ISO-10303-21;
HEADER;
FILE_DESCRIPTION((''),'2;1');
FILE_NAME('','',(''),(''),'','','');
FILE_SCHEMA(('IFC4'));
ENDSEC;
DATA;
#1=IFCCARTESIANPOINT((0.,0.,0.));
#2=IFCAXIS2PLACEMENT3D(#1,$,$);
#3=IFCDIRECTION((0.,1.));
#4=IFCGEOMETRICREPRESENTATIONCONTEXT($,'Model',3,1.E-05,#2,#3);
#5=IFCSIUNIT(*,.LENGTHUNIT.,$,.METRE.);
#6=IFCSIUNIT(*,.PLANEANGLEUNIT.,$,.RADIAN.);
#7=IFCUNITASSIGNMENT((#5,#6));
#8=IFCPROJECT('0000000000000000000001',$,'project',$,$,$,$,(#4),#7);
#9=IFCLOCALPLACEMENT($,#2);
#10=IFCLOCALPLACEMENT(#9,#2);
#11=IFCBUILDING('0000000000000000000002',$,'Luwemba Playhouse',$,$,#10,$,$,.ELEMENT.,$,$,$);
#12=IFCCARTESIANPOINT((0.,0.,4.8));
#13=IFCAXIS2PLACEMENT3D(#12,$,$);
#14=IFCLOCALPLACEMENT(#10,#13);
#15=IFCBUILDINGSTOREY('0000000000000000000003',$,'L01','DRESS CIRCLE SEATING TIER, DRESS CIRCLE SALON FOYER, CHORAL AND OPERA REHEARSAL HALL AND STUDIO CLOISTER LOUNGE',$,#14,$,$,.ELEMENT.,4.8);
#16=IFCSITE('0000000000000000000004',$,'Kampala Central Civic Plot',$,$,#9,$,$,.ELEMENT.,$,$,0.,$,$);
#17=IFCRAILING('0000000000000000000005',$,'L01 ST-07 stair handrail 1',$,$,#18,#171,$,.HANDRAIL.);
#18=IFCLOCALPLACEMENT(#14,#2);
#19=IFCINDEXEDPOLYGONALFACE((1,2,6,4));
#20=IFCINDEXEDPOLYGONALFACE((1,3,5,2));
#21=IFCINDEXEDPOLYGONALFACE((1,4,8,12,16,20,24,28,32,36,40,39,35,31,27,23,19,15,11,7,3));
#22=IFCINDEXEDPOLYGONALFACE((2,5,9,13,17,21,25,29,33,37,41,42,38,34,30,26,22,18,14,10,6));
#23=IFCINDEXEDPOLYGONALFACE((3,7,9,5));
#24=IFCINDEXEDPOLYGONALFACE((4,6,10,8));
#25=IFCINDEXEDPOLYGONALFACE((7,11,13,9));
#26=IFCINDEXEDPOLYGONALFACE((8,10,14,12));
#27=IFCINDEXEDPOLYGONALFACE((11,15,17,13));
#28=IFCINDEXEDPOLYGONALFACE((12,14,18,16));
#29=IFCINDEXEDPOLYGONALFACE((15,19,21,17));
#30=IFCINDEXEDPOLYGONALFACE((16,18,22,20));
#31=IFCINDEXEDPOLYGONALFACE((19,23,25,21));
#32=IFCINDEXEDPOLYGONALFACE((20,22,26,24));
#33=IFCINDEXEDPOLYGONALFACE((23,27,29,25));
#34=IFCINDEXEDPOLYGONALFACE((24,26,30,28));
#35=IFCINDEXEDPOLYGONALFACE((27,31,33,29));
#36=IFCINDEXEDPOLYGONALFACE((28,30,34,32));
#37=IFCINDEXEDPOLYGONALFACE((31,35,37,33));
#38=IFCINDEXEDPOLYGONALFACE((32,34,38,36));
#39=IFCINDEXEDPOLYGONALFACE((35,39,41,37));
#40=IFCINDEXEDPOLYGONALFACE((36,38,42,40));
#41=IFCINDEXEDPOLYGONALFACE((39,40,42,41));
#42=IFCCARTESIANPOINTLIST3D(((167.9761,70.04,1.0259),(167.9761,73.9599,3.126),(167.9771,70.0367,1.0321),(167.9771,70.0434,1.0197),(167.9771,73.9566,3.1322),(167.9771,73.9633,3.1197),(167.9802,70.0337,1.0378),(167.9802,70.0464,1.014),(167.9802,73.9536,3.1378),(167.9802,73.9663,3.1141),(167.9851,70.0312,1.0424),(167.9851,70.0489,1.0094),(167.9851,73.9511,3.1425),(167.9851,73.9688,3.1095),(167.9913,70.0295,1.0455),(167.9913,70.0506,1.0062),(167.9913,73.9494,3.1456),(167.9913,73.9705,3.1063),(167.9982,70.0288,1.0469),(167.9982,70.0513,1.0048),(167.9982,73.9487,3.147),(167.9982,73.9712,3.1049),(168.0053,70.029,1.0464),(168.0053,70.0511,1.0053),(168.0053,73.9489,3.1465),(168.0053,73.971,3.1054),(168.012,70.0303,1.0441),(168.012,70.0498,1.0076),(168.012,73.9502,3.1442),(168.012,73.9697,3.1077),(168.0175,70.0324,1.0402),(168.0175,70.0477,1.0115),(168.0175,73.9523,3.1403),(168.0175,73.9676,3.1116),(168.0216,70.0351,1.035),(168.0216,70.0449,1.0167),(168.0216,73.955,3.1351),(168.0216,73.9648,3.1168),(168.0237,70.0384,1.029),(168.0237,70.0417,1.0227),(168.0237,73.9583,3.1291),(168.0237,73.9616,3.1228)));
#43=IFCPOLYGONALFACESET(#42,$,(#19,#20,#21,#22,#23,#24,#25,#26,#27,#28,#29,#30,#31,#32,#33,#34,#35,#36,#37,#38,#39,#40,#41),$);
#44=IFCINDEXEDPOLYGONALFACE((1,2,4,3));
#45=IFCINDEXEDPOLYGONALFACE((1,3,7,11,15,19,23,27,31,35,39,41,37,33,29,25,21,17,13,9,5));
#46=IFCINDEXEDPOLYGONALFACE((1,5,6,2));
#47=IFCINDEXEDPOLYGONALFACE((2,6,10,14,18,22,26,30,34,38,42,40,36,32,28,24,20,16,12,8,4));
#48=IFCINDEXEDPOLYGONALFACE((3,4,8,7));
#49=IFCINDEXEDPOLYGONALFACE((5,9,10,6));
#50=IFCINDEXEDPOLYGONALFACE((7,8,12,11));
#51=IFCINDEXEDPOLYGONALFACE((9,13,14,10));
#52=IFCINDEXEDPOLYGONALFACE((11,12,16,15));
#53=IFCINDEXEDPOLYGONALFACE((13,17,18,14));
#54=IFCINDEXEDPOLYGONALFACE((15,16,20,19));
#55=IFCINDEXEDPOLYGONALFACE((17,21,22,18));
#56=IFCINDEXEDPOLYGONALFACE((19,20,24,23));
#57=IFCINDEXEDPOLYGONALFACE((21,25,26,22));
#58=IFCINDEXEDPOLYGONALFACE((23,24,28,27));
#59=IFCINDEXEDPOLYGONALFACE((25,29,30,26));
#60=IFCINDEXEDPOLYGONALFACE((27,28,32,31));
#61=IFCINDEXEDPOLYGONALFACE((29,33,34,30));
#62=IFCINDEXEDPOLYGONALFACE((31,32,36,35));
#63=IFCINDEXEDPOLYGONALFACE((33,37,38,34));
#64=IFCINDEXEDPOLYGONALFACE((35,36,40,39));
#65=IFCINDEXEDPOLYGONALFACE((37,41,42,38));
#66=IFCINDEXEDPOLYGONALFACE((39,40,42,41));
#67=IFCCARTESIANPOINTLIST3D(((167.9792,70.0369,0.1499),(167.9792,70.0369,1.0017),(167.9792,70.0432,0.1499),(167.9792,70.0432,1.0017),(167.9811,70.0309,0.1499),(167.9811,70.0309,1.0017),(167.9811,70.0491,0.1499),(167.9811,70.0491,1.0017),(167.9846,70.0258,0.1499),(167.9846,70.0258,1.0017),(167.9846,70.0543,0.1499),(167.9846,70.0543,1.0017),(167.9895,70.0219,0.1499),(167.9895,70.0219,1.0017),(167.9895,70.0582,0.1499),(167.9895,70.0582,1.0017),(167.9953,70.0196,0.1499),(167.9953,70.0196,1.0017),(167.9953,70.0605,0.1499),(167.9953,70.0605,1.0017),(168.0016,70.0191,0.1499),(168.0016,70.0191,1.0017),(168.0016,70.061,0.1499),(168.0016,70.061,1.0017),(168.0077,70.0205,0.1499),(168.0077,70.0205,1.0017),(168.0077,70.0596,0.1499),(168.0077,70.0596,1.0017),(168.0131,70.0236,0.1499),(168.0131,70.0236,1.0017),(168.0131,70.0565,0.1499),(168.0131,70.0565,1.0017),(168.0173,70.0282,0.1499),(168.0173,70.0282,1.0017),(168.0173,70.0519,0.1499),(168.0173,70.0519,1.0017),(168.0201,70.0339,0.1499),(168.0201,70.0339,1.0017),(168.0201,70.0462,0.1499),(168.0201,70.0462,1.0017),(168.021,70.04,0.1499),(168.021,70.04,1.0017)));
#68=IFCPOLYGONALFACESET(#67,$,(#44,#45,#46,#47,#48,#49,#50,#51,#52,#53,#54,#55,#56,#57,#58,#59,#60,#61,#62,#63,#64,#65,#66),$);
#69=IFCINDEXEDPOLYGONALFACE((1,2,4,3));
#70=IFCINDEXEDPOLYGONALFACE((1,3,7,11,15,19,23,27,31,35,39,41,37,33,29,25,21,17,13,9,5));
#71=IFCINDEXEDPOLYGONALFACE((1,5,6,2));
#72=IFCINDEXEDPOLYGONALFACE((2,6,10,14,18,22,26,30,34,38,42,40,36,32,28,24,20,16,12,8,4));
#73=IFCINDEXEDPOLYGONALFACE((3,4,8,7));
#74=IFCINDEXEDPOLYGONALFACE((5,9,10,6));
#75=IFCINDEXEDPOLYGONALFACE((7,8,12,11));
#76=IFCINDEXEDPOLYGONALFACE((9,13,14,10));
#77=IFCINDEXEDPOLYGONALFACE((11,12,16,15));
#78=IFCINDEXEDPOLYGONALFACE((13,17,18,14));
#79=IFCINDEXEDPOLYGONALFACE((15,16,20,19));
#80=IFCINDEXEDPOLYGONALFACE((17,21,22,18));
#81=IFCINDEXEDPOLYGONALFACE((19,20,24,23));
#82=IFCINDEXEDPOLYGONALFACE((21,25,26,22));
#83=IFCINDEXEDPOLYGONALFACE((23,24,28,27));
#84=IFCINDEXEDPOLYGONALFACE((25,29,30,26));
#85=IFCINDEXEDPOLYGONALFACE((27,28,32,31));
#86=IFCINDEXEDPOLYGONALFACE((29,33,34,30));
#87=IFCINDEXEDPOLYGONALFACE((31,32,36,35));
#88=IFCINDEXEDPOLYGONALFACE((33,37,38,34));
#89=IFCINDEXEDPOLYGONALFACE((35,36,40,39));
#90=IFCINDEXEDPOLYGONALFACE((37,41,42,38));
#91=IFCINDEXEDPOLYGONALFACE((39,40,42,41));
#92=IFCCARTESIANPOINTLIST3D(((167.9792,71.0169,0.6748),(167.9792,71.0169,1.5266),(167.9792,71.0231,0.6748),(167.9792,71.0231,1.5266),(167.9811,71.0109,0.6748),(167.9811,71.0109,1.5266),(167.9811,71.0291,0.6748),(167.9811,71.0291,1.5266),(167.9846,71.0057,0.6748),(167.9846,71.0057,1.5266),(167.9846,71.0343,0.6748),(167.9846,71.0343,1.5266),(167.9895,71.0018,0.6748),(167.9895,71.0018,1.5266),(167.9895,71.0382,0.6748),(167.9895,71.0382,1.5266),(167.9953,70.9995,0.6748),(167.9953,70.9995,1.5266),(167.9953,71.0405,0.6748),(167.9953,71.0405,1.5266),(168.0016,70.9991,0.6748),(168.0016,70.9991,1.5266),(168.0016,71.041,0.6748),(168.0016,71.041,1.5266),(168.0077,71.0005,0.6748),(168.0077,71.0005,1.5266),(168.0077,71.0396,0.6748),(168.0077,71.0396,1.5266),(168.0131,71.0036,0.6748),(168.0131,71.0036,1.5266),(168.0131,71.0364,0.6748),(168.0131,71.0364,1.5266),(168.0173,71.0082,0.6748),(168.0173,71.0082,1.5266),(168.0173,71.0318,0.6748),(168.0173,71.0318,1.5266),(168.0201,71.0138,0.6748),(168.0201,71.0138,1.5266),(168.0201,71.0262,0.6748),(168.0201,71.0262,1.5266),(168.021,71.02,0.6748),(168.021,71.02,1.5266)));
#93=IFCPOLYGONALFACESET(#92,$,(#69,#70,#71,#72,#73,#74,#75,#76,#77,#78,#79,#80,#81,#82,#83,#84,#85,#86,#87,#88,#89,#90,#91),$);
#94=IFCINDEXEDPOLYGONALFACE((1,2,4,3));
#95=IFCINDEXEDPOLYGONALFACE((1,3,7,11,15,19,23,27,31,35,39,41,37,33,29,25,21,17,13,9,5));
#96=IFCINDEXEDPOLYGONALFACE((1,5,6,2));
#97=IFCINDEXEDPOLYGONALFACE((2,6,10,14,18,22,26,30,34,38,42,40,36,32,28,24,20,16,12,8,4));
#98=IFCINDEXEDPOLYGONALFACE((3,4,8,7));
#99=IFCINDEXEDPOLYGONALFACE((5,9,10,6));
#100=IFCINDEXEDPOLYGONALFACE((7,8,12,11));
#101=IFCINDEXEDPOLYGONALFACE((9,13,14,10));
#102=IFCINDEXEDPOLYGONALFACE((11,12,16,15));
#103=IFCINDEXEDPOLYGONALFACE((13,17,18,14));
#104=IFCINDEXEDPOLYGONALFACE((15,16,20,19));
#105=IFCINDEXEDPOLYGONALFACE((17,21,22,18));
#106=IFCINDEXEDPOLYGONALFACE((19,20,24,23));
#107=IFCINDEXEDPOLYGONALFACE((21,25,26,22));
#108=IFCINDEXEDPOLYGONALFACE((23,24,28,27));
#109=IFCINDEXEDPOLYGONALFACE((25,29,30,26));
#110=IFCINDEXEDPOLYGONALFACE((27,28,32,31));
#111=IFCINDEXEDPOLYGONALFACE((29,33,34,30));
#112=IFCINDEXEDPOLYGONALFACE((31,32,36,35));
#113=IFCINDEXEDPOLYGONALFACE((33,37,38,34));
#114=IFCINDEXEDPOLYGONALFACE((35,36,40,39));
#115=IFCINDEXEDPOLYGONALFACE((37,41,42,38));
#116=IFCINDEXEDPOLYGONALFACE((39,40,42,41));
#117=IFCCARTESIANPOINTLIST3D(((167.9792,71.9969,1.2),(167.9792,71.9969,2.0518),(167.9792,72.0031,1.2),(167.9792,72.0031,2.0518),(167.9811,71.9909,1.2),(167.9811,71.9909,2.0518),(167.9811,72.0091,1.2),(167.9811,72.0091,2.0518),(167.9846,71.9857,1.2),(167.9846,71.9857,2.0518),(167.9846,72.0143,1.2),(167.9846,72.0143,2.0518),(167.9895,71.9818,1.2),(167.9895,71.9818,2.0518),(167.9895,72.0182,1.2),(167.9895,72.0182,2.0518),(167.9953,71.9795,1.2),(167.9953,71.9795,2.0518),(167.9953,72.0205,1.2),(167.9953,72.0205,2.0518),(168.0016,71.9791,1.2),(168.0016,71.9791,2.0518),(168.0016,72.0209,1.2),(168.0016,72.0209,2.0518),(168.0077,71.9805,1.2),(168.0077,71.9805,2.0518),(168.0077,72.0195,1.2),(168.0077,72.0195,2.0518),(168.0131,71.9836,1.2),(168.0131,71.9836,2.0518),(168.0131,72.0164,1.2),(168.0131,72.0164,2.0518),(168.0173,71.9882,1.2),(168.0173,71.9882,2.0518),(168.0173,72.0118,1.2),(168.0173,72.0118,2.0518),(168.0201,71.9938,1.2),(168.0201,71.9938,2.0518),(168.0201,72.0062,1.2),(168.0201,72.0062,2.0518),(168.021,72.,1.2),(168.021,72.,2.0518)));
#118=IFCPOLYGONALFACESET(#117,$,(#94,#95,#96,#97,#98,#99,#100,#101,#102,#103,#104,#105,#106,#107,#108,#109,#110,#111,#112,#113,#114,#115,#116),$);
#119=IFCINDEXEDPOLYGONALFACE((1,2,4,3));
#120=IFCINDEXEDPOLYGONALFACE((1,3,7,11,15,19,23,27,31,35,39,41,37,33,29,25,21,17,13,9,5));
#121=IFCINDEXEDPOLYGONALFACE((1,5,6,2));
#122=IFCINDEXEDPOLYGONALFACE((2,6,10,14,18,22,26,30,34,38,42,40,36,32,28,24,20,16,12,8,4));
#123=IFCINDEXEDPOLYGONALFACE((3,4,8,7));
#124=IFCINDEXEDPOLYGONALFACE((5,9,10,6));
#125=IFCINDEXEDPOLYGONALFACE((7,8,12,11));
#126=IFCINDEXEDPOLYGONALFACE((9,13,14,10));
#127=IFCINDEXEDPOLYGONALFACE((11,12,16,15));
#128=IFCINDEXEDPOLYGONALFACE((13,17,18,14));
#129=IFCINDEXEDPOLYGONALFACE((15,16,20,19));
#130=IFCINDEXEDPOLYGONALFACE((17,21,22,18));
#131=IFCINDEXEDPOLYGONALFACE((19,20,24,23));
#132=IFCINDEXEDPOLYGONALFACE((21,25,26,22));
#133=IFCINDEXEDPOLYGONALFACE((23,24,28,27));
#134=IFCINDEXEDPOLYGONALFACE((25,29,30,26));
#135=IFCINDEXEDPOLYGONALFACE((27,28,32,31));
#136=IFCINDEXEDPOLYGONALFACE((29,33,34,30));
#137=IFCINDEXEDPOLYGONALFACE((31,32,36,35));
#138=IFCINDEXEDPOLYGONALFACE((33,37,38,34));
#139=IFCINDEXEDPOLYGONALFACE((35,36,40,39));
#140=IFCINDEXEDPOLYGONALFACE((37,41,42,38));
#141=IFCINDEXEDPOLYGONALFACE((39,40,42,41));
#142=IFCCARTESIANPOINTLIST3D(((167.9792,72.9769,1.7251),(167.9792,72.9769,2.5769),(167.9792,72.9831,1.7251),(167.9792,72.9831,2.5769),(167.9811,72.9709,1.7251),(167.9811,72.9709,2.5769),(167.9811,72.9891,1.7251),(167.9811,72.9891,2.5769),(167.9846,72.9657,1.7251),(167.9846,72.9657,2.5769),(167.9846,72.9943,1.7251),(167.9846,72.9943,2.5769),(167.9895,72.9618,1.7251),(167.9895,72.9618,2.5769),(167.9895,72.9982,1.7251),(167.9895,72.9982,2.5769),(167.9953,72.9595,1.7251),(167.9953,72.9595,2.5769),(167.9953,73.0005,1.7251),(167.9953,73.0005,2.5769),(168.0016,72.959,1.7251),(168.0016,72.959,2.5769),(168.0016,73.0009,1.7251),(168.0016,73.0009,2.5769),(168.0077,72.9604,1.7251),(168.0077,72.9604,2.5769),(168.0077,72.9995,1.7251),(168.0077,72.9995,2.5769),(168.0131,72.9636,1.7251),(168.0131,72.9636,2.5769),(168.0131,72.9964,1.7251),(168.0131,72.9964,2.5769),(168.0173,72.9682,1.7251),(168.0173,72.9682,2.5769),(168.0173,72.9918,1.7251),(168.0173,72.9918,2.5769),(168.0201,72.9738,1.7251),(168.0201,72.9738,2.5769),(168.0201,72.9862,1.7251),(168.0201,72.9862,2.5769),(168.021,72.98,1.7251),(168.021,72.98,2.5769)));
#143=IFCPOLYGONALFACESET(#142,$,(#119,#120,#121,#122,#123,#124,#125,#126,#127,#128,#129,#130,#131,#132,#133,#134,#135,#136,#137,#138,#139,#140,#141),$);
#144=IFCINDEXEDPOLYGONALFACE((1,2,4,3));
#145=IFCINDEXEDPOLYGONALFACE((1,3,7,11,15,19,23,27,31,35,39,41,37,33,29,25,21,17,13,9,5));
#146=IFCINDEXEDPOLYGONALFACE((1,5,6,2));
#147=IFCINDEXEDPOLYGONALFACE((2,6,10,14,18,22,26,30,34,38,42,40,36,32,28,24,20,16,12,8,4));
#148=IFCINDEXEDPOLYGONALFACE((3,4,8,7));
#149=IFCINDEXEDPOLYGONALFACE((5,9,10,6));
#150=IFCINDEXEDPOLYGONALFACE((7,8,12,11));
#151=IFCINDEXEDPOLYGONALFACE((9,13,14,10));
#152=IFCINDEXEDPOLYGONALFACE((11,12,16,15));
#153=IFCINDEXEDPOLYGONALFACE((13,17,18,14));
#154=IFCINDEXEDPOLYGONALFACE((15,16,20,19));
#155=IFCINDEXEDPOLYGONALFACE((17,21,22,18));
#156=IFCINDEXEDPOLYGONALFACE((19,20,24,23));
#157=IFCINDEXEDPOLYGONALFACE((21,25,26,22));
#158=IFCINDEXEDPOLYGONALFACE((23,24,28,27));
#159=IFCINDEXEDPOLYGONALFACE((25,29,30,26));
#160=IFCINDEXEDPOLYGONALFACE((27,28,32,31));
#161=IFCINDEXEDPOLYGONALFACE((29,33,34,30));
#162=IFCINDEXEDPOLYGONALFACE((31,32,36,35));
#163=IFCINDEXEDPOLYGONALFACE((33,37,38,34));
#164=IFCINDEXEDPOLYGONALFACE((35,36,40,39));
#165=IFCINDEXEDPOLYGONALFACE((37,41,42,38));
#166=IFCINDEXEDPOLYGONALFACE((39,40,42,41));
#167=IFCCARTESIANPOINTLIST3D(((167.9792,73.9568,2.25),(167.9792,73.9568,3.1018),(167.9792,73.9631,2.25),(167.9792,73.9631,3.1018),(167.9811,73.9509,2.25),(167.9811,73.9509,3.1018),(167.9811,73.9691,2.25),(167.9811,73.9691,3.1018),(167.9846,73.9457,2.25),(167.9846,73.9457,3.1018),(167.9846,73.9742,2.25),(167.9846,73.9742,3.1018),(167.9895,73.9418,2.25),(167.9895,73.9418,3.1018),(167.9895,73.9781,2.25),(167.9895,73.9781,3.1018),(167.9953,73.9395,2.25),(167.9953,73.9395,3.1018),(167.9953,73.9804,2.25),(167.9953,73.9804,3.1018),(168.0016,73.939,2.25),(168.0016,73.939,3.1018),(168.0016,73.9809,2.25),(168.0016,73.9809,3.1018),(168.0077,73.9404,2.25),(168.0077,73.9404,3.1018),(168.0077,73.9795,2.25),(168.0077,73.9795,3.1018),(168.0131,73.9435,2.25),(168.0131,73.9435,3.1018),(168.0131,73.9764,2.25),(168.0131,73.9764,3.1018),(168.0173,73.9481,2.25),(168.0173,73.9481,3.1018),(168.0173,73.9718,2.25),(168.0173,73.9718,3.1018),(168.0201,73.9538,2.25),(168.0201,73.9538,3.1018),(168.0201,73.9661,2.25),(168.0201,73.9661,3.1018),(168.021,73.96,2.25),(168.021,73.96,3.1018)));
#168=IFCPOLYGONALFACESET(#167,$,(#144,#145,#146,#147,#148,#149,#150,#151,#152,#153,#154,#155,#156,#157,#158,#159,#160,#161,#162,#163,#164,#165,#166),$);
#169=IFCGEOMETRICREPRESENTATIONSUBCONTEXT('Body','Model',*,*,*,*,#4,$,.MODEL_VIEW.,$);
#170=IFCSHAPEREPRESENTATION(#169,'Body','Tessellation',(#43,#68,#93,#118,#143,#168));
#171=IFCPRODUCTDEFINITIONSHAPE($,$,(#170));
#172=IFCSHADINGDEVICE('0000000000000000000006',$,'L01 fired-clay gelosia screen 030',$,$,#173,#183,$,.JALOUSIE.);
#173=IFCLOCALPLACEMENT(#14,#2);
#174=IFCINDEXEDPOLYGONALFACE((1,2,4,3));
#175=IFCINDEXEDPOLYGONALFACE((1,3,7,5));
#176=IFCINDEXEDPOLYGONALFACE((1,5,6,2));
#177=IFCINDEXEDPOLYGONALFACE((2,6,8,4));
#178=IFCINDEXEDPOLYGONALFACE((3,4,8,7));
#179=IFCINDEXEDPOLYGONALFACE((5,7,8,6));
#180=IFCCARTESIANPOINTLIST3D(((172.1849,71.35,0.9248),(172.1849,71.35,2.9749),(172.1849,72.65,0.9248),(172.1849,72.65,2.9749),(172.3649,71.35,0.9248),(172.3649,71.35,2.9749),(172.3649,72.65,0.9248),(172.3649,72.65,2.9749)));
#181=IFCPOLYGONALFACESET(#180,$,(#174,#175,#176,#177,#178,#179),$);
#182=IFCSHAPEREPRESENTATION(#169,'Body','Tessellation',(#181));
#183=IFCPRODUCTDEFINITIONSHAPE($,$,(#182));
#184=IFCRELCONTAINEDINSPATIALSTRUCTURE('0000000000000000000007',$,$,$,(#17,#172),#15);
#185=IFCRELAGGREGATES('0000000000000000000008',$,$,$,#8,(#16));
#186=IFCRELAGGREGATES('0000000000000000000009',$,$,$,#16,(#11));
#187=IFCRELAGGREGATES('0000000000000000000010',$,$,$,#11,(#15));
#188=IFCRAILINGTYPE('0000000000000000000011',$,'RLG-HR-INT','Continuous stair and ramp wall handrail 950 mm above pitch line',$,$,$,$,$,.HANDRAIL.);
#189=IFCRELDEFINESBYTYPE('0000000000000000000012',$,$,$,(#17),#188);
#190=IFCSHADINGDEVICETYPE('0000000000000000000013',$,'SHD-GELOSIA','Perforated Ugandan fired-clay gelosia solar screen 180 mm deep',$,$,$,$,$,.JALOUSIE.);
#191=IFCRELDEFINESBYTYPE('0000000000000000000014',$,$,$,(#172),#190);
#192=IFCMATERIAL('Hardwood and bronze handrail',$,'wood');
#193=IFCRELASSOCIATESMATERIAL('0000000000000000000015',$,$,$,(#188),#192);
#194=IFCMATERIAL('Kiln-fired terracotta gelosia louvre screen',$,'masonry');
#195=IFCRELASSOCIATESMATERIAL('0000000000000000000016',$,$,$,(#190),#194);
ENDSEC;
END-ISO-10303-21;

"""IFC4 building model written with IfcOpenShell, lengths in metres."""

from ifc_helpers import new_model, si_unit, direction, frame, origin, origin_2d, place, context, subcontext, project, spatial, rectangle, circle, extrude, material, type_object, element, save


model = new_model("IFC4")

# Units and contexts
model_context = context("Model", 3, precision=1e-05, world=origin(), true_north=direction((0.0, 1.0)))
body_context = subcontext(model_context, "Body", "Model", "MODEL_VIEW")
ifc_project = project(units=[si_unit("LENGTHUNIT", "METRE"), si_unit("PLANEANGLEUNIT", "RADIAN")], contexts=[model_context])

# Site, building, storey
site_placement = place(None, origin())
site = spatial("IfcSite", under=ifc_project, at=site_placement, Name="Kampala Central Civic Plot", CompositionType="ELEMENT", RefElevation=0.0)
building_placement = place(site_placement, origin())
building = spatial("IfcBuilding", under=site, at=building_placement, Name="Luwemba Playhouse", CompositionType="ELEMENT")
storey_placement = place(building_placement, frame((0.0, 0.0, 4.8)))
storey = spatial("IfcBuildingStorey", under=building, at=storey_placement, Name="L01", Description="DRESS CIRCLE SEATING TIER, DRESS CIRCLE SALON FOYER, CHORAL AND OPERA REHEARSAL HALL AND STUDIO CLOISTER LOUNGE", CompositionType="ELEMENT", Elevation=4.8)

# Railing
ifc_material_1 = material(Name="Hardwood and bronze handrail", Category="wood")
railing_type = type_object("IfcRailingType", Name="RLG-HR-INT", Description="Continuous stair and ramp wall handrail 950 mm above pitch line", PredefinedType="HANDRAIL", material=ifc_material_1)
railing_placement = place(storey_placement, frame((168.0, 70.04, 0.1499)))
element("IfcRailing", 1, at=railing_placement, inside=storey, type_object=railing_type, Name="L01 ST-07 stair handrail 1", PredefinedType="HANDRAIL", context=body_context, shape_type="SweptSolid", body=[
    extrude(circle(Radius=0.0239, at=origin_2d()), frame((0.0, 0.0, 0.876), z_axis=(0.0, 0.881467, 0.472246), x_axis=(-1.0, 0.0, 0.0)), (0.0, 0.0, 1.0), 4.447),
    extrude(circle(Radius=0.021, at=origin_2d()), origin(), (0.0, 0.0, 1.0), 0.8518),
    extrude(circle(Radius=0.021, at=origin_2d()), frame((0.0, 0.98, 0.5249)), (0.0, 0.0, 1.0), 0.8518),
    extrude(circle(Radius=0.021, at=origin_2d()), frame((0.0, 1.96, 1.05)), (0.0, 0.0, 1.0), 0.8518),
    extrude(circle(Radius=0.021, at=origin_2d()), frame((0.0, 2.9399, 1.5752)), (0.0, 0.0, 1.0), 0.8518),
    extrude(circle(Radius=0.021, at=origin_2d()), frame((0.0, 3.9199, 2.1001)), (0.0, 0.0, 1.0), 0.8518),
])

# Shading device
ifc_material_2 = material(Name="Kiln-fired terracotta gelosia louvre screen", Category="masonry")
shading_device_type = type_object("IfcShadingDeviceType", Name="SHD-GELOSIA", Description="Perforated Ugandan fired-clay gelosia solar screen 180 mm deep", PredefinedType="JALOUSIE", material=ifc_material_2)
shading_device_placement = place(storey_placement, frame((172.2749, 72.0, 0.9248), z_axis=(0.0, 0.0, 1.0), x_axis=(0.0, -1.0, 0.0)))
element("IfcShadingDevice", 2, at=shading_device_placement, inside=storey, type_object=shading_device_type, Name="L01 fired-clay gelosia screen 030", PredefinedType="JALOUSIE", context=body_context, shape_type="SweptSolid", body=[
    extrude(rectangle(XDim=1.3, YDim=0.1799, at=origin_2d()), origin(), (0.0, 0.0, 1.0), 2.05),
])

save(model, "model.ifc")
